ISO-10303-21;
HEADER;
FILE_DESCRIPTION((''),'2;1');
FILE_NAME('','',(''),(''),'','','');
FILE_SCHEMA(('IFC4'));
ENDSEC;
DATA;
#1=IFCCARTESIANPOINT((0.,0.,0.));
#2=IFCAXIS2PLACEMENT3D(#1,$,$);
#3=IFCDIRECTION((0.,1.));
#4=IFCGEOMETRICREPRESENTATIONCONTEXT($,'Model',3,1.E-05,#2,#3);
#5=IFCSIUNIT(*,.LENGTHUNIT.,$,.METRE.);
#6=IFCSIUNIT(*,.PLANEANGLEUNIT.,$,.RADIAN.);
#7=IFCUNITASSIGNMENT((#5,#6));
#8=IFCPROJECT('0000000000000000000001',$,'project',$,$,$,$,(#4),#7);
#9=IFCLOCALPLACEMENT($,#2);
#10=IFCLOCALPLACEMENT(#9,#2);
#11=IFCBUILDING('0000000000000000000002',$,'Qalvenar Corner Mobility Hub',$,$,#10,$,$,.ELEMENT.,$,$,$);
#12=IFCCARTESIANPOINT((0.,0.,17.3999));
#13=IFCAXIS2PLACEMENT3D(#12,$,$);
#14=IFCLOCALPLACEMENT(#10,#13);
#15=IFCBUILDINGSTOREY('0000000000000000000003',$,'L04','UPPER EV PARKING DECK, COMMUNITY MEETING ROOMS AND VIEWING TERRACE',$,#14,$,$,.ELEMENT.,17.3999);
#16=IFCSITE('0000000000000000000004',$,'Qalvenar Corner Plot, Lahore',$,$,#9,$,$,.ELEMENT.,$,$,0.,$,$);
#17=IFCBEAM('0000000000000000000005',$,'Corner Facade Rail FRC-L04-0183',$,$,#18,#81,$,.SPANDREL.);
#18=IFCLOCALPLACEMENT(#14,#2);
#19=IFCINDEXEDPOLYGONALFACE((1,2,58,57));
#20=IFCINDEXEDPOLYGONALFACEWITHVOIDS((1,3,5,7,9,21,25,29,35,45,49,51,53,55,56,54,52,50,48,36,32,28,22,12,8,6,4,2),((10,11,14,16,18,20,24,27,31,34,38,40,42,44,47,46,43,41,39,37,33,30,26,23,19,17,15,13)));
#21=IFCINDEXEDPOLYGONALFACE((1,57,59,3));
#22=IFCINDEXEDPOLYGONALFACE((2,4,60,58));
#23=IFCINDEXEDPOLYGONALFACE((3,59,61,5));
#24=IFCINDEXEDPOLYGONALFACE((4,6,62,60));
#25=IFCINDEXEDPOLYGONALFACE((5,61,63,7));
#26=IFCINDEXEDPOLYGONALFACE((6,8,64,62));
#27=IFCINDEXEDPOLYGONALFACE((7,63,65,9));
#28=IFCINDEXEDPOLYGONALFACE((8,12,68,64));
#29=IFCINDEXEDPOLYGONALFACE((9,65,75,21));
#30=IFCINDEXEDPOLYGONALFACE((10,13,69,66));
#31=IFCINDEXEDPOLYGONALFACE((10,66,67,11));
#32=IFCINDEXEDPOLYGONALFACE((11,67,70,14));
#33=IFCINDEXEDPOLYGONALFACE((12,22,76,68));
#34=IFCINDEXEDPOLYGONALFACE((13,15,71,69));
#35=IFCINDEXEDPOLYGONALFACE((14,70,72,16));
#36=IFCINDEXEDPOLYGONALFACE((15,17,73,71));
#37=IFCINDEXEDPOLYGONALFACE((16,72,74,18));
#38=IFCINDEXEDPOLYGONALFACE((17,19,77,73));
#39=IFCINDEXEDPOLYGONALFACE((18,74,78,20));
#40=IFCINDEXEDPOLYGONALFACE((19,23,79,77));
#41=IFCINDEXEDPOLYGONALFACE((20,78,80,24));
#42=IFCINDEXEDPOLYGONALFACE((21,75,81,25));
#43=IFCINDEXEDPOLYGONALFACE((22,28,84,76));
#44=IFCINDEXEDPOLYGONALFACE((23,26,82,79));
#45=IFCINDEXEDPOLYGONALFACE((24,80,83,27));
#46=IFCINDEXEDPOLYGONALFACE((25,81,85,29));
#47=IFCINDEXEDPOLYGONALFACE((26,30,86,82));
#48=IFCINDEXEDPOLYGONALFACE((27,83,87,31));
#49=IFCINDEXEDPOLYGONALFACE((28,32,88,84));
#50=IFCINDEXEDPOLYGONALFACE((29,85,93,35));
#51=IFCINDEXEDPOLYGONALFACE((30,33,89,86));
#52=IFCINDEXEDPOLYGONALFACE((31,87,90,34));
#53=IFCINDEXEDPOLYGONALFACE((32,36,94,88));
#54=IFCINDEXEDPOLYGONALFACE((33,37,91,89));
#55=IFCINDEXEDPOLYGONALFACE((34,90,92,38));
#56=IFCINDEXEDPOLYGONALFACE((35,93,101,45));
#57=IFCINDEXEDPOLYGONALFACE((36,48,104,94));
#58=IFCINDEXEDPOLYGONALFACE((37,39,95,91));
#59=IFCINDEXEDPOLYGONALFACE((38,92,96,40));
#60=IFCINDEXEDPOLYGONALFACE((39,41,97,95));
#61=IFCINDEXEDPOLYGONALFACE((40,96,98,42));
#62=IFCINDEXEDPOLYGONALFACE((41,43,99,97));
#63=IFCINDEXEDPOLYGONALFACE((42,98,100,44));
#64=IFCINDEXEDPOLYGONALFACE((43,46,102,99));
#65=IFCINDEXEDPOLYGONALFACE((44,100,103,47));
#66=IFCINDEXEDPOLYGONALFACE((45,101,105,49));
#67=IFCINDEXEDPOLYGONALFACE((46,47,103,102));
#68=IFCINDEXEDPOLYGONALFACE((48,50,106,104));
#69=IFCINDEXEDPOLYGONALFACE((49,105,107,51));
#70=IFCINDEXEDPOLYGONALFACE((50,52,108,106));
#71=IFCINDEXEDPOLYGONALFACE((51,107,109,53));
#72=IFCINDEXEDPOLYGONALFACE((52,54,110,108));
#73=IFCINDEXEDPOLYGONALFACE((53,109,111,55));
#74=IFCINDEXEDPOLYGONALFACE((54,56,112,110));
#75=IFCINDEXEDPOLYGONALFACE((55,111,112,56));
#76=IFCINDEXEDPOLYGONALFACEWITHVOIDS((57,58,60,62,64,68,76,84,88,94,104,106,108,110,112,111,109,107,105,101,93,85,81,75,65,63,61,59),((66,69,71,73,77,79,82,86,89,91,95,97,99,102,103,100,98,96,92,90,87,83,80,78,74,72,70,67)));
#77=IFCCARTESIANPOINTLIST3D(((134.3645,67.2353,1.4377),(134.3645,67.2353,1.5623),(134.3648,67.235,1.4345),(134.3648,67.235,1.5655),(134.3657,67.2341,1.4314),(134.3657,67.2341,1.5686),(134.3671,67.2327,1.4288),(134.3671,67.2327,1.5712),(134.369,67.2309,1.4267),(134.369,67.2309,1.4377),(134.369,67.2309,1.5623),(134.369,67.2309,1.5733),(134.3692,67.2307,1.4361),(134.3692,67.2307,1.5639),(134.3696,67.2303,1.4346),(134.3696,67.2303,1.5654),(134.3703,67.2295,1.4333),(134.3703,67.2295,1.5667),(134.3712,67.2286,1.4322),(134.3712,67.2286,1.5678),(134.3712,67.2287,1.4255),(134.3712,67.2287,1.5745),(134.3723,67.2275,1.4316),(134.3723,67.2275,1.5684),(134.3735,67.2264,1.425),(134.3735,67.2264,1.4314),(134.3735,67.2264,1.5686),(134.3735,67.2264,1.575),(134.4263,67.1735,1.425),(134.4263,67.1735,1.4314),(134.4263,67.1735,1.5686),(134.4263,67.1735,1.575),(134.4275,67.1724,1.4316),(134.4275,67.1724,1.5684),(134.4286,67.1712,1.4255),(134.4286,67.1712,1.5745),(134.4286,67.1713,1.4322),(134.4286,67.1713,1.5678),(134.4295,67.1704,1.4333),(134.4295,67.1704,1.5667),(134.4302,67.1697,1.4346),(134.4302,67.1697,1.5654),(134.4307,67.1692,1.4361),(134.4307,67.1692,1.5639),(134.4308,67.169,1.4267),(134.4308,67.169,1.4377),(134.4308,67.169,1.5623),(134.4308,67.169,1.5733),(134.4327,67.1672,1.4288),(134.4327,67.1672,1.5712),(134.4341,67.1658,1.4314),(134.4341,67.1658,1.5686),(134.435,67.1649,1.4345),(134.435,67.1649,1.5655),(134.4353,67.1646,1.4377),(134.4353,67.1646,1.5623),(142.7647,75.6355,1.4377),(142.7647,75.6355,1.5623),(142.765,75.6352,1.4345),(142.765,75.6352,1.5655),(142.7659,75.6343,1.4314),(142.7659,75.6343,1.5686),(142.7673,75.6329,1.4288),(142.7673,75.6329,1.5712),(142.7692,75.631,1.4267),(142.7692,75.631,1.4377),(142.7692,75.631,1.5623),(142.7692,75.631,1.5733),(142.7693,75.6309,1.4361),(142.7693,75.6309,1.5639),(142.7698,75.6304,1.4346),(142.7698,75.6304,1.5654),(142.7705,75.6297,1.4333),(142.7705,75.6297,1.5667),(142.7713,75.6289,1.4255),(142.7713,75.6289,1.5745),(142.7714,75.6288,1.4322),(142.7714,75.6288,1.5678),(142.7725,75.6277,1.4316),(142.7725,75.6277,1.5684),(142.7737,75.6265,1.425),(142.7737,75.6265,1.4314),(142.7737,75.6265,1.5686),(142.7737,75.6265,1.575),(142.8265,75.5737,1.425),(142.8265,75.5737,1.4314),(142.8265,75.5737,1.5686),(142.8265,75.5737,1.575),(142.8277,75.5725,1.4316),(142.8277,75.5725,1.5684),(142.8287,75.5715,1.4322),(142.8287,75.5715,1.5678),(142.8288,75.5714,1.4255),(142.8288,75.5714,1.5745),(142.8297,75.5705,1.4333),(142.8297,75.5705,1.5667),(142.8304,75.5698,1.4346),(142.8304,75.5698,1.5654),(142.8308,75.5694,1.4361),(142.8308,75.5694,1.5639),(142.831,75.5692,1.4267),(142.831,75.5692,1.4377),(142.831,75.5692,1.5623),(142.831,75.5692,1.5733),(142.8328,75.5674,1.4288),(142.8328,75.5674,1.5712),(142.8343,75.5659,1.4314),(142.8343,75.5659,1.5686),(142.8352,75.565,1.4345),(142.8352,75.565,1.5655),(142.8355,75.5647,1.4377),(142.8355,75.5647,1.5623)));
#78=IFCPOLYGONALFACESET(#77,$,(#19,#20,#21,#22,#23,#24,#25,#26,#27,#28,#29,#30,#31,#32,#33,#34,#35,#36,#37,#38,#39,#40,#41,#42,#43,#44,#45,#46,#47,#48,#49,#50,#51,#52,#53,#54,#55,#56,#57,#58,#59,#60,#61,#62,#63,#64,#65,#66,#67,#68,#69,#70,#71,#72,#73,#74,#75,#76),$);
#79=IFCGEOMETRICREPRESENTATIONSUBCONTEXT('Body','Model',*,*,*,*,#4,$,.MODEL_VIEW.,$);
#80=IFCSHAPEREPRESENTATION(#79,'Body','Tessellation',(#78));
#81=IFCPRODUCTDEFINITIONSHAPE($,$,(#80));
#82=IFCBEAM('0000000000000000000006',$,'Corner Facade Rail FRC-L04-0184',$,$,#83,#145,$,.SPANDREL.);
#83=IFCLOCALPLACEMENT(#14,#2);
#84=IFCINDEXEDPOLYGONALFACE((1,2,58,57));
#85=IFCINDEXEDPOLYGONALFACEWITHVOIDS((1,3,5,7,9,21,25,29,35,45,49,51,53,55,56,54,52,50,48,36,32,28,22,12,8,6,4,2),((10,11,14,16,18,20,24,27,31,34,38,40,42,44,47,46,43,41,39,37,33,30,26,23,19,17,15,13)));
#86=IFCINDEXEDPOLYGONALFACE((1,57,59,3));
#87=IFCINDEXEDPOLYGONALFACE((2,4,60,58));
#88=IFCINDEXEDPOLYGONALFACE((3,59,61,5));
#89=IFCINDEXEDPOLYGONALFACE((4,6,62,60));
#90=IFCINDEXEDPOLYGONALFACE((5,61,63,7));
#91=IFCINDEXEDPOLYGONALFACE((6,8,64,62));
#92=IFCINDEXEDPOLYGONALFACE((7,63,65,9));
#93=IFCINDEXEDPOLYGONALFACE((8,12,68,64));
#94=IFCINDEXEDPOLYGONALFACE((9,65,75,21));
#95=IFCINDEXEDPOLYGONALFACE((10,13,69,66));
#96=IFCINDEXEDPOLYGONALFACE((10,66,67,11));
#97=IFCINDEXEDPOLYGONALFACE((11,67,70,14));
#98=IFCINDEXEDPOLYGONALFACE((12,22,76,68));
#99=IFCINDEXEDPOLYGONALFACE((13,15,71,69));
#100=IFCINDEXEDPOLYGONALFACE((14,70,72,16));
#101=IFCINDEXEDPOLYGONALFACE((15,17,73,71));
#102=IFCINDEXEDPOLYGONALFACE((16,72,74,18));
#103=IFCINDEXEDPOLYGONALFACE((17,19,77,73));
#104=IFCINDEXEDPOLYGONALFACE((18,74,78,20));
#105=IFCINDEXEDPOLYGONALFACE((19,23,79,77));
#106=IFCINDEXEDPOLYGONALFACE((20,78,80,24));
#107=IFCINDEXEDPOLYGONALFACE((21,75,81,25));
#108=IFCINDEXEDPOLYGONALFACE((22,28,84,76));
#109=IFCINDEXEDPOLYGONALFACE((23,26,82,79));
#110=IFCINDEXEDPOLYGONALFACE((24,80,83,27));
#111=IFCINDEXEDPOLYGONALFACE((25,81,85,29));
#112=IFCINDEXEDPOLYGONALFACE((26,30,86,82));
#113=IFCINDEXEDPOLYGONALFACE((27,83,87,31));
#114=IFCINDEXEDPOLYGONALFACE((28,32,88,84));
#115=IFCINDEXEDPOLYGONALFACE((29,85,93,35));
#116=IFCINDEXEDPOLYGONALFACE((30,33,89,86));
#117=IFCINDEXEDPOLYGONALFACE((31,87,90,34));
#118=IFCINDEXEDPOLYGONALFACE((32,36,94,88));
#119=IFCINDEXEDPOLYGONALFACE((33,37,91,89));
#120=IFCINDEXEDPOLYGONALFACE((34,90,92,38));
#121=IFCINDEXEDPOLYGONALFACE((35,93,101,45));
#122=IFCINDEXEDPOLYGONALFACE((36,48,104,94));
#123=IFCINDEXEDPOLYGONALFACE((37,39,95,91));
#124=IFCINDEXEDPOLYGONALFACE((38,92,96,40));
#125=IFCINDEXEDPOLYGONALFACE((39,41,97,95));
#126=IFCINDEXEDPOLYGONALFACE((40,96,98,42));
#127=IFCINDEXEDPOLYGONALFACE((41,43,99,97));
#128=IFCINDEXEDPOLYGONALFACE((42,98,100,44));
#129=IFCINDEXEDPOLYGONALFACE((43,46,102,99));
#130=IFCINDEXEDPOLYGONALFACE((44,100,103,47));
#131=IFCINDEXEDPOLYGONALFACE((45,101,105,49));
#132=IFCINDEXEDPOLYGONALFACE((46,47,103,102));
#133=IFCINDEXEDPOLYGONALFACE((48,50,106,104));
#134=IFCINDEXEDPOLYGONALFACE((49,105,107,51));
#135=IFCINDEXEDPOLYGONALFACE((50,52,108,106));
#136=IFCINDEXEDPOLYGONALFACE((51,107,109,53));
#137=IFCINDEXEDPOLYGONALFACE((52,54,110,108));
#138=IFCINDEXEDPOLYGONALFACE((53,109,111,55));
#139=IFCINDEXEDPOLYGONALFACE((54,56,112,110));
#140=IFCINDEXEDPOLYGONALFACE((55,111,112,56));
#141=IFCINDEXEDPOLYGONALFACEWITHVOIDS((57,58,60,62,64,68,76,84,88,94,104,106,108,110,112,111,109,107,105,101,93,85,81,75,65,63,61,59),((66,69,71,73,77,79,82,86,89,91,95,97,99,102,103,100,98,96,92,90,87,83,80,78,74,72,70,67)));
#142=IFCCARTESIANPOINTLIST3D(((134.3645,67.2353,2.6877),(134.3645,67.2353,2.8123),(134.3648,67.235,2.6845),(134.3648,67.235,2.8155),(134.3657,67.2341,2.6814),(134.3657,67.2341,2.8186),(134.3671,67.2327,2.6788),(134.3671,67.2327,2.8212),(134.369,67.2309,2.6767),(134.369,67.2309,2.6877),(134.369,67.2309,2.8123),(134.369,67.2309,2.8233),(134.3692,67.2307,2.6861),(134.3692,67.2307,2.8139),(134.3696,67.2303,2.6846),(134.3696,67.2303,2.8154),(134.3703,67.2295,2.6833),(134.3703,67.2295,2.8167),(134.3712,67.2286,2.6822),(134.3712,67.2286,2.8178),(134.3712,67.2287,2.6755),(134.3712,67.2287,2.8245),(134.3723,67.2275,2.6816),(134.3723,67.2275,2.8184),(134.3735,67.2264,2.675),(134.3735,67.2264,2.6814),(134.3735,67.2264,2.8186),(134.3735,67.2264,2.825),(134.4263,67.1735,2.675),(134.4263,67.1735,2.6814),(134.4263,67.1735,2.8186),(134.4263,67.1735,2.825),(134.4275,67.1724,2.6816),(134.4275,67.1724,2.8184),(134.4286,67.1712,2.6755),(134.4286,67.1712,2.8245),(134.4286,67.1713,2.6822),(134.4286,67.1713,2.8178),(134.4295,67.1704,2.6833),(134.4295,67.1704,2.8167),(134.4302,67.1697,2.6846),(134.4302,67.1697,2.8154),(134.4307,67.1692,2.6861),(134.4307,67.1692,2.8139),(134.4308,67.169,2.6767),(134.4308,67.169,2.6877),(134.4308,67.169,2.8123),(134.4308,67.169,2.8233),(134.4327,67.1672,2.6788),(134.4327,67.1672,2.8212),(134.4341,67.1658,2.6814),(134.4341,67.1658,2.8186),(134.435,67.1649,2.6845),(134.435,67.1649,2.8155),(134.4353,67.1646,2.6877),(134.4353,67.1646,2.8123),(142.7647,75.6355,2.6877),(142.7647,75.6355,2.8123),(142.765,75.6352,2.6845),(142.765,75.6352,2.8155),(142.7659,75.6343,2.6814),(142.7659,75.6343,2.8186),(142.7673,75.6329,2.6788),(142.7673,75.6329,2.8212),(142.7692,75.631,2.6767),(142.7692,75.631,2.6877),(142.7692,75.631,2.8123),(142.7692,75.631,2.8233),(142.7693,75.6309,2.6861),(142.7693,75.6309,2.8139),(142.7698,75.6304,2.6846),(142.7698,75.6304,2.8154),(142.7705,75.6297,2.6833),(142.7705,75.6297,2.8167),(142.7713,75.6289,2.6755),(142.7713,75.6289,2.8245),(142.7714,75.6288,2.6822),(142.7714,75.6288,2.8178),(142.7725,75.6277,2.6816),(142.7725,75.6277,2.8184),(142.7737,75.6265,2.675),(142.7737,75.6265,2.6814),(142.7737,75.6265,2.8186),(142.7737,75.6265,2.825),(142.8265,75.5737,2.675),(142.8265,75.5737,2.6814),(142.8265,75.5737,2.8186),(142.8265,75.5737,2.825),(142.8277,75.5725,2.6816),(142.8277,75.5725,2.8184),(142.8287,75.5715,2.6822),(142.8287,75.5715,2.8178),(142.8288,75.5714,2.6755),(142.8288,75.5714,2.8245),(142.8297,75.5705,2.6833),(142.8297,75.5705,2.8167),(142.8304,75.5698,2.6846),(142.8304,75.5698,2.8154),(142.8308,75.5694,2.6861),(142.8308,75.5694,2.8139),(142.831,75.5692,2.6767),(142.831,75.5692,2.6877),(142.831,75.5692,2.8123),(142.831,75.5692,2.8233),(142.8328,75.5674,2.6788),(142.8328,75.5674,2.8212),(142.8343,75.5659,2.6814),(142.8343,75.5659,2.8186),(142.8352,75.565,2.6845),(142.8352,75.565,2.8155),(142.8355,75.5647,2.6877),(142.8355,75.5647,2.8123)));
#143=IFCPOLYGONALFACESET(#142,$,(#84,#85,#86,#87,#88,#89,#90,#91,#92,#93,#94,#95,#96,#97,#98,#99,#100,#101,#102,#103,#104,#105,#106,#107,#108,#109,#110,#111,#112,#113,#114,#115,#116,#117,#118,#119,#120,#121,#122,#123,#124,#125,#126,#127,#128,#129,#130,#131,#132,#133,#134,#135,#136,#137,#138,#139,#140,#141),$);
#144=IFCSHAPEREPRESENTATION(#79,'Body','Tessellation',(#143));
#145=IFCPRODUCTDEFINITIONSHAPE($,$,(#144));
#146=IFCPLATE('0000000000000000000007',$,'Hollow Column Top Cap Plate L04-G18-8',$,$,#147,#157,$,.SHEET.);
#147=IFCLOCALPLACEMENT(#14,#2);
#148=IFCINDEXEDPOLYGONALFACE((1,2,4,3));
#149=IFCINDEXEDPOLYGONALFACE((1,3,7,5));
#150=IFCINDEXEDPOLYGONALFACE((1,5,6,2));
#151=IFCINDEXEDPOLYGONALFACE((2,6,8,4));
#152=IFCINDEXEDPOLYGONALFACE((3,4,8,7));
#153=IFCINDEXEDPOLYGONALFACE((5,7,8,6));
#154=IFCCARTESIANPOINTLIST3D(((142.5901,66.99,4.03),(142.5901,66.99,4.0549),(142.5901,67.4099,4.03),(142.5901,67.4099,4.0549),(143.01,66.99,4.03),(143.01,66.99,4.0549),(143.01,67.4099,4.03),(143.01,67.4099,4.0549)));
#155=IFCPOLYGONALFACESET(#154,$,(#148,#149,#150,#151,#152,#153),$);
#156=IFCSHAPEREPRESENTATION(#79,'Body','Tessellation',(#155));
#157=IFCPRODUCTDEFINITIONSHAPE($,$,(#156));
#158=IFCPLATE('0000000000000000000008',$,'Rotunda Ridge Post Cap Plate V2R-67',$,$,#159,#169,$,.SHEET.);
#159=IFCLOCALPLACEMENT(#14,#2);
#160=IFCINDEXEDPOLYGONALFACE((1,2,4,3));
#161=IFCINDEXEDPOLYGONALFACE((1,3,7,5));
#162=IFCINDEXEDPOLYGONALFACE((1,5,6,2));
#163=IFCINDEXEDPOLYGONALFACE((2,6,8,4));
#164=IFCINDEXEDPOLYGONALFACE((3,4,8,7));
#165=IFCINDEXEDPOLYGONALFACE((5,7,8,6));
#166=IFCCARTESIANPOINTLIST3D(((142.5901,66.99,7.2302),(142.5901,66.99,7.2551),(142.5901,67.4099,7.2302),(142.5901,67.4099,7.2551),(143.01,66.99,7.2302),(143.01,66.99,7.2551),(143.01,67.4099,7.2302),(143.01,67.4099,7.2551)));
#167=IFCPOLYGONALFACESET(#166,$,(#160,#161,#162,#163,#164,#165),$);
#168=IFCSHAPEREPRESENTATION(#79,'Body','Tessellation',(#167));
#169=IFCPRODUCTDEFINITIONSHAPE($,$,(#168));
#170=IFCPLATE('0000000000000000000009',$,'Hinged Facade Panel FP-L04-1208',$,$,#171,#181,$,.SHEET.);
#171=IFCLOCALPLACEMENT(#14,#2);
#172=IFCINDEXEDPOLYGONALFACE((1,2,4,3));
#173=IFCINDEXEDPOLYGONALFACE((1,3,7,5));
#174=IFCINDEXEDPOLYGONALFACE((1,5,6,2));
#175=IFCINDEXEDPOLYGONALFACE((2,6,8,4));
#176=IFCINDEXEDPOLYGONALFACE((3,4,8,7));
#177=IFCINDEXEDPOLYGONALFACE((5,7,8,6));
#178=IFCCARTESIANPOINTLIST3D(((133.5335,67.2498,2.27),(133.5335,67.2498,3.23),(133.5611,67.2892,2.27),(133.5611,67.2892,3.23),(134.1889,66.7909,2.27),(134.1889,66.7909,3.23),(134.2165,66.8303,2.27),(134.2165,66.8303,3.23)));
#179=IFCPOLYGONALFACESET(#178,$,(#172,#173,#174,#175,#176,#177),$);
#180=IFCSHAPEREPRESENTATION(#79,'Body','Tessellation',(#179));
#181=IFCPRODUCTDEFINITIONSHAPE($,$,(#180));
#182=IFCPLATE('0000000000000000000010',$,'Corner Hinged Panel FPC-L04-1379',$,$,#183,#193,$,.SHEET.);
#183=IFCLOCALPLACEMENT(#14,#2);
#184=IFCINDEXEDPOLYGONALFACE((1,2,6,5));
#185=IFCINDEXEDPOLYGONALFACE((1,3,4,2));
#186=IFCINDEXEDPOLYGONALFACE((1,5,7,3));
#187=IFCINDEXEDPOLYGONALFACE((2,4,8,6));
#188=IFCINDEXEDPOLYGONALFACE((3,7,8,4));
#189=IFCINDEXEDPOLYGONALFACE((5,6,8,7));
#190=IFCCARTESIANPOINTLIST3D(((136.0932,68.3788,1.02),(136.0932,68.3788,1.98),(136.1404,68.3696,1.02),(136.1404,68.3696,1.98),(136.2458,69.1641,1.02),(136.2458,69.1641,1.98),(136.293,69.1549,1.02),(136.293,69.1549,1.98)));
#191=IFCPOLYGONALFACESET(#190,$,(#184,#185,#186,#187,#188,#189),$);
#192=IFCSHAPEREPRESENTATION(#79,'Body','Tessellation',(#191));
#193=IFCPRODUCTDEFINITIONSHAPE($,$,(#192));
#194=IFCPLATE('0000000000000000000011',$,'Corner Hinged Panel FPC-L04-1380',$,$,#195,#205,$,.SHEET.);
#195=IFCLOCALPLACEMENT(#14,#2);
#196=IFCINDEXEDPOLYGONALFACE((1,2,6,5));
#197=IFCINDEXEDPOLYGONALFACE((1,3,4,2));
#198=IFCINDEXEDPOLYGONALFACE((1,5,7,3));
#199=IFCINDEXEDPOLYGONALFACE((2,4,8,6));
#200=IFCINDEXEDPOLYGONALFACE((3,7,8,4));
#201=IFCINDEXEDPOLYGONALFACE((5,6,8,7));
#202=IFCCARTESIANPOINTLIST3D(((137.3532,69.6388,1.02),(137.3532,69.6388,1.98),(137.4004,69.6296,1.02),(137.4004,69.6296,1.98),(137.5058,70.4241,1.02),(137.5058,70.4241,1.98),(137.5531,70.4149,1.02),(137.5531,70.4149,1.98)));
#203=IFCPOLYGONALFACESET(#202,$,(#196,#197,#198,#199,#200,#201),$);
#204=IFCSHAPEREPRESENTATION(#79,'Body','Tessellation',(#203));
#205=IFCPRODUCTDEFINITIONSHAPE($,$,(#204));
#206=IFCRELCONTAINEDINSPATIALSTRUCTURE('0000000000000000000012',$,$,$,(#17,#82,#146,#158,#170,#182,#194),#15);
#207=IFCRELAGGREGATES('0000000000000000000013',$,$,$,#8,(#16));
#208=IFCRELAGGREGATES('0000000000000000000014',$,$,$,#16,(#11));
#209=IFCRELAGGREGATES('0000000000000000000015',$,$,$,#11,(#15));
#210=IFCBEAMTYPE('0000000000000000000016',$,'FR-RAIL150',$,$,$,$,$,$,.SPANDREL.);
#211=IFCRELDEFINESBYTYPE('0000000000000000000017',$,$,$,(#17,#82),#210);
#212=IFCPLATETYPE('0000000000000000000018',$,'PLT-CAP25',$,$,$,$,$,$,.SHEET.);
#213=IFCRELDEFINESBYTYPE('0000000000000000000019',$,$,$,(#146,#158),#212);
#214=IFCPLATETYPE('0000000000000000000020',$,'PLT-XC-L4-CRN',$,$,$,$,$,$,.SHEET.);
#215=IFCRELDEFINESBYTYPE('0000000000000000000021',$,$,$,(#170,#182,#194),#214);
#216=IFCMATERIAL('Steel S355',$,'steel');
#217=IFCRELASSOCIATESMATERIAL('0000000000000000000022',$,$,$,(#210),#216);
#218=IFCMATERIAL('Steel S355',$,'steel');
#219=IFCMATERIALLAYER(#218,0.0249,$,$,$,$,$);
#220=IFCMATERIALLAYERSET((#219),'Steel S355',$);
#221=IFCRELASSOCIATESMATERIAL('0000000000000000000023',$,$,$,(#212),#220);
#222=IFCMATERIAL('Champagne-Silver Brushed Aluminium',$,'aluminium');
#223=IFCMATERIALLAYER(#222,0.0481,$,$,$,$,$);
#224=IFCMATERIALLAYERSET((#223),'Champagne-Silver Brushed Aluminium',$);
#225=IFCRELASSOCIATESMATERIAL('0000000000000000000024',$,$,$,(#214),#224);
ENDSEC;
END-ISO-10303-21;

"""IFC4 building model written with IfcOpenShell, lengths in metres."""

from ifc_helpers import new_model, si_unit, direction, frame, origin, origin_2d, place, context, subcontext, project, spatial, rectangle, hollow_rectangle, extrude, material, layer, layer_set, material_profile, profile_set, type_object, element, save


model = new_model("IFC4")

# Units and contexts
model_context = context("Model", 3, precision=1e-05, world=origin(), true_north=direction((0.0, 1.0)))
body_context = subcontext(model_context, "Body", "Model", "MODEL_VIEW")
ifc_project = project(units=[si_unit("LENGTHUNIT", "METRE"), si_unit("PLANEANGLEUNIT", "RADIAN")], contexts=[model_context])

# Site, building, storey
site_placement = place(None, origin())
site = spatial("IfcSite", under=ifc_project, at=site_placement, Name="Qalvenar Corner Plot, Lahore", CompositionType="ELEMENT", RefElevation=0.0)
building_placement = place(site_placement, origin())
building = spatial("IfcBuilding", under=site, at=building_placement, Name="Qalvenar Corner Mobility Hub", CompositionType="ELEMENT")
storey_placement = place(building_placement, frame((0.0, 0.0, 17.3999)))
storey = spatial("IfcBuildingStorey", under=building, at=storey_placement, Name="L04", Description="UPPER EV PARKING DECK, COMMUNITY MEETING ROOMS AND VIEWING TERRACE", CompositionType="ELEMENT", Elevation=17.3999)

# Shared definitions
ifc_material_1 = material(Name="Steel S355", Category="steel")

# Beams
ifc_material_profile_1 = material_profile(ifc_material_1, hollow_rectangle(XDim=0.1001, YDim=0.1499, WallThickness=0.0063, InnerFilletRadius=0.0063, OuterFilletRadius=0.0127, at=origin_2d()), Name="RHS150x100x6.3")
ifc_profile_set_1 = profile_set([ifc_material_profile_1], Name="Steel S355")
beam_type_1 = type_object("IfcBeamType", Name="FR-RAIL150", PredefinedType="SPANDREL", material=ifc_profile_set_1)
for number, where, z_axis, x_axis, name in (
    (1, (134.3999, 67.2, 1.5), (0.707107, 0.707107, 0.0), (-0.707107, 0.707107, 0.0), "Corner Facade Rail FRC-L04-0183"),
    (2, (134.3999, 67.2, 2.75), (0.707107, 0.707107, 0.0), (-0.707107, 0.707107, 0.0), "Corner Facade Rail FRC-L04-0184"),
):
    element("IfcBeam", number, at=place(storey_placement, frame(where, z_axis=z_axis, x_axis=x_axis)), inside=storey, type_object=beam_type_1, Name=name, PredefinedType="SPANDREL", context=body_context, shape_type="SweptSolid", body=[
        extrude(hollow_rectangle(XDim=0.1001, YDim=0.1499, WallThickness=0.0063, InnerFilletRadius=0.0063, OuterFilletRadius=0.0127, at=origin_2d()), origin(), (0.0, 0.0, 1.0), 11.8796),
    ])

# Plates
ifc_material_2 = material(Name="Steel S355", Category="steel")
ifc_layer_1 = layer(ifc_material_2, 0.0249)
ifc_layer_set_1 = layer_set([ifc_layer_1], Name="Steel S355")
plate_type_1 = type_object("IfcPlateType", Name="PLT-CAP25", PredefinedType="SHEET", material=ifc_layer_set_1)
for number, where, z_axis, x_axis, name in (
    (3, (142.8, 67.2, 4.03), (0.0, 0.0, 1.0), (1.0, 0.0, 0.0), "Hollow Column Top Cap Plate L04-G18-8"),
    (4, (142.8, 67.2, 7.2302), (0.0, 0.0, 1.0), (1.0, 0.0, 0.0), "Rotunda Ridge Post Cap Plate V2R-67"),
):
    element("IfcPlate", number, at=place(storey_placement, frame(where, z_axis=z_axis, x_axis=x_axis)), inside=storey, type_object=plate_type_1, Name=name, PredefinedType="SHEET", context=body_context, shape_type="SweptSolid", body=[
        extrude(rectangle(XDim=0.4199, YDim=0.4199, at=origin_2d()), origin(), (0.0, 0.0, 1.0), 0.0249),
    ])
ifc_material_3 = material(Name="Champagne-Silver Brushed Aluminium", Category="aluminium")
ifc_layer_2 = layer(ifc_material_3, 0.0481)
ifc_layer_set_2 = layer_set([ifc_layer_2], Name="Champagne-Silver Brushed Aluminium")
plate_type_2 = type_object("IfcPlateType", Name="PLT-XC-L4-CRN", PredefinedType="SHEET", material=ifc_layer_set_2)
for number, where, z_axis, x_axis, name in (
    (5, (133.875, 67.04, 2.27), (0.0, 0.0, 1.0), (0.819152, -0.573576, 0.0), "Hinged Facade Panel FP-L04-1208"),
    (6, (136.1931, 68.7668, 1.02), (0.0, 0.0, 1.0), (0.190809, 0.981627, 0.0), "Corner Hinged Panel FPC-L04-1379"),
    (7, (137.4531, 70.0269, 1.02), (0.0, 0.0, 1.0), (0.190809, 0.981627, 0.0), "Corner Hinged Panel FPC-L04-1380"),
):
    element("IfcPlate", number, at=place(storey_placement, frame(where, z_axis=z_axis, x_axis=x_axis)), inside=storey, type_object=plate_type_2, Name=name, PredefinedType="SHEET", context=body_context, shape_type="SweptSolid", body=[
        extrude(rectangle(XDim=0.8, YDim=0.0481, at=origin_2d()), origin(), (0.0, 0.0, 1.0), 0.96),
    ])

save(model, "model.ifc")
